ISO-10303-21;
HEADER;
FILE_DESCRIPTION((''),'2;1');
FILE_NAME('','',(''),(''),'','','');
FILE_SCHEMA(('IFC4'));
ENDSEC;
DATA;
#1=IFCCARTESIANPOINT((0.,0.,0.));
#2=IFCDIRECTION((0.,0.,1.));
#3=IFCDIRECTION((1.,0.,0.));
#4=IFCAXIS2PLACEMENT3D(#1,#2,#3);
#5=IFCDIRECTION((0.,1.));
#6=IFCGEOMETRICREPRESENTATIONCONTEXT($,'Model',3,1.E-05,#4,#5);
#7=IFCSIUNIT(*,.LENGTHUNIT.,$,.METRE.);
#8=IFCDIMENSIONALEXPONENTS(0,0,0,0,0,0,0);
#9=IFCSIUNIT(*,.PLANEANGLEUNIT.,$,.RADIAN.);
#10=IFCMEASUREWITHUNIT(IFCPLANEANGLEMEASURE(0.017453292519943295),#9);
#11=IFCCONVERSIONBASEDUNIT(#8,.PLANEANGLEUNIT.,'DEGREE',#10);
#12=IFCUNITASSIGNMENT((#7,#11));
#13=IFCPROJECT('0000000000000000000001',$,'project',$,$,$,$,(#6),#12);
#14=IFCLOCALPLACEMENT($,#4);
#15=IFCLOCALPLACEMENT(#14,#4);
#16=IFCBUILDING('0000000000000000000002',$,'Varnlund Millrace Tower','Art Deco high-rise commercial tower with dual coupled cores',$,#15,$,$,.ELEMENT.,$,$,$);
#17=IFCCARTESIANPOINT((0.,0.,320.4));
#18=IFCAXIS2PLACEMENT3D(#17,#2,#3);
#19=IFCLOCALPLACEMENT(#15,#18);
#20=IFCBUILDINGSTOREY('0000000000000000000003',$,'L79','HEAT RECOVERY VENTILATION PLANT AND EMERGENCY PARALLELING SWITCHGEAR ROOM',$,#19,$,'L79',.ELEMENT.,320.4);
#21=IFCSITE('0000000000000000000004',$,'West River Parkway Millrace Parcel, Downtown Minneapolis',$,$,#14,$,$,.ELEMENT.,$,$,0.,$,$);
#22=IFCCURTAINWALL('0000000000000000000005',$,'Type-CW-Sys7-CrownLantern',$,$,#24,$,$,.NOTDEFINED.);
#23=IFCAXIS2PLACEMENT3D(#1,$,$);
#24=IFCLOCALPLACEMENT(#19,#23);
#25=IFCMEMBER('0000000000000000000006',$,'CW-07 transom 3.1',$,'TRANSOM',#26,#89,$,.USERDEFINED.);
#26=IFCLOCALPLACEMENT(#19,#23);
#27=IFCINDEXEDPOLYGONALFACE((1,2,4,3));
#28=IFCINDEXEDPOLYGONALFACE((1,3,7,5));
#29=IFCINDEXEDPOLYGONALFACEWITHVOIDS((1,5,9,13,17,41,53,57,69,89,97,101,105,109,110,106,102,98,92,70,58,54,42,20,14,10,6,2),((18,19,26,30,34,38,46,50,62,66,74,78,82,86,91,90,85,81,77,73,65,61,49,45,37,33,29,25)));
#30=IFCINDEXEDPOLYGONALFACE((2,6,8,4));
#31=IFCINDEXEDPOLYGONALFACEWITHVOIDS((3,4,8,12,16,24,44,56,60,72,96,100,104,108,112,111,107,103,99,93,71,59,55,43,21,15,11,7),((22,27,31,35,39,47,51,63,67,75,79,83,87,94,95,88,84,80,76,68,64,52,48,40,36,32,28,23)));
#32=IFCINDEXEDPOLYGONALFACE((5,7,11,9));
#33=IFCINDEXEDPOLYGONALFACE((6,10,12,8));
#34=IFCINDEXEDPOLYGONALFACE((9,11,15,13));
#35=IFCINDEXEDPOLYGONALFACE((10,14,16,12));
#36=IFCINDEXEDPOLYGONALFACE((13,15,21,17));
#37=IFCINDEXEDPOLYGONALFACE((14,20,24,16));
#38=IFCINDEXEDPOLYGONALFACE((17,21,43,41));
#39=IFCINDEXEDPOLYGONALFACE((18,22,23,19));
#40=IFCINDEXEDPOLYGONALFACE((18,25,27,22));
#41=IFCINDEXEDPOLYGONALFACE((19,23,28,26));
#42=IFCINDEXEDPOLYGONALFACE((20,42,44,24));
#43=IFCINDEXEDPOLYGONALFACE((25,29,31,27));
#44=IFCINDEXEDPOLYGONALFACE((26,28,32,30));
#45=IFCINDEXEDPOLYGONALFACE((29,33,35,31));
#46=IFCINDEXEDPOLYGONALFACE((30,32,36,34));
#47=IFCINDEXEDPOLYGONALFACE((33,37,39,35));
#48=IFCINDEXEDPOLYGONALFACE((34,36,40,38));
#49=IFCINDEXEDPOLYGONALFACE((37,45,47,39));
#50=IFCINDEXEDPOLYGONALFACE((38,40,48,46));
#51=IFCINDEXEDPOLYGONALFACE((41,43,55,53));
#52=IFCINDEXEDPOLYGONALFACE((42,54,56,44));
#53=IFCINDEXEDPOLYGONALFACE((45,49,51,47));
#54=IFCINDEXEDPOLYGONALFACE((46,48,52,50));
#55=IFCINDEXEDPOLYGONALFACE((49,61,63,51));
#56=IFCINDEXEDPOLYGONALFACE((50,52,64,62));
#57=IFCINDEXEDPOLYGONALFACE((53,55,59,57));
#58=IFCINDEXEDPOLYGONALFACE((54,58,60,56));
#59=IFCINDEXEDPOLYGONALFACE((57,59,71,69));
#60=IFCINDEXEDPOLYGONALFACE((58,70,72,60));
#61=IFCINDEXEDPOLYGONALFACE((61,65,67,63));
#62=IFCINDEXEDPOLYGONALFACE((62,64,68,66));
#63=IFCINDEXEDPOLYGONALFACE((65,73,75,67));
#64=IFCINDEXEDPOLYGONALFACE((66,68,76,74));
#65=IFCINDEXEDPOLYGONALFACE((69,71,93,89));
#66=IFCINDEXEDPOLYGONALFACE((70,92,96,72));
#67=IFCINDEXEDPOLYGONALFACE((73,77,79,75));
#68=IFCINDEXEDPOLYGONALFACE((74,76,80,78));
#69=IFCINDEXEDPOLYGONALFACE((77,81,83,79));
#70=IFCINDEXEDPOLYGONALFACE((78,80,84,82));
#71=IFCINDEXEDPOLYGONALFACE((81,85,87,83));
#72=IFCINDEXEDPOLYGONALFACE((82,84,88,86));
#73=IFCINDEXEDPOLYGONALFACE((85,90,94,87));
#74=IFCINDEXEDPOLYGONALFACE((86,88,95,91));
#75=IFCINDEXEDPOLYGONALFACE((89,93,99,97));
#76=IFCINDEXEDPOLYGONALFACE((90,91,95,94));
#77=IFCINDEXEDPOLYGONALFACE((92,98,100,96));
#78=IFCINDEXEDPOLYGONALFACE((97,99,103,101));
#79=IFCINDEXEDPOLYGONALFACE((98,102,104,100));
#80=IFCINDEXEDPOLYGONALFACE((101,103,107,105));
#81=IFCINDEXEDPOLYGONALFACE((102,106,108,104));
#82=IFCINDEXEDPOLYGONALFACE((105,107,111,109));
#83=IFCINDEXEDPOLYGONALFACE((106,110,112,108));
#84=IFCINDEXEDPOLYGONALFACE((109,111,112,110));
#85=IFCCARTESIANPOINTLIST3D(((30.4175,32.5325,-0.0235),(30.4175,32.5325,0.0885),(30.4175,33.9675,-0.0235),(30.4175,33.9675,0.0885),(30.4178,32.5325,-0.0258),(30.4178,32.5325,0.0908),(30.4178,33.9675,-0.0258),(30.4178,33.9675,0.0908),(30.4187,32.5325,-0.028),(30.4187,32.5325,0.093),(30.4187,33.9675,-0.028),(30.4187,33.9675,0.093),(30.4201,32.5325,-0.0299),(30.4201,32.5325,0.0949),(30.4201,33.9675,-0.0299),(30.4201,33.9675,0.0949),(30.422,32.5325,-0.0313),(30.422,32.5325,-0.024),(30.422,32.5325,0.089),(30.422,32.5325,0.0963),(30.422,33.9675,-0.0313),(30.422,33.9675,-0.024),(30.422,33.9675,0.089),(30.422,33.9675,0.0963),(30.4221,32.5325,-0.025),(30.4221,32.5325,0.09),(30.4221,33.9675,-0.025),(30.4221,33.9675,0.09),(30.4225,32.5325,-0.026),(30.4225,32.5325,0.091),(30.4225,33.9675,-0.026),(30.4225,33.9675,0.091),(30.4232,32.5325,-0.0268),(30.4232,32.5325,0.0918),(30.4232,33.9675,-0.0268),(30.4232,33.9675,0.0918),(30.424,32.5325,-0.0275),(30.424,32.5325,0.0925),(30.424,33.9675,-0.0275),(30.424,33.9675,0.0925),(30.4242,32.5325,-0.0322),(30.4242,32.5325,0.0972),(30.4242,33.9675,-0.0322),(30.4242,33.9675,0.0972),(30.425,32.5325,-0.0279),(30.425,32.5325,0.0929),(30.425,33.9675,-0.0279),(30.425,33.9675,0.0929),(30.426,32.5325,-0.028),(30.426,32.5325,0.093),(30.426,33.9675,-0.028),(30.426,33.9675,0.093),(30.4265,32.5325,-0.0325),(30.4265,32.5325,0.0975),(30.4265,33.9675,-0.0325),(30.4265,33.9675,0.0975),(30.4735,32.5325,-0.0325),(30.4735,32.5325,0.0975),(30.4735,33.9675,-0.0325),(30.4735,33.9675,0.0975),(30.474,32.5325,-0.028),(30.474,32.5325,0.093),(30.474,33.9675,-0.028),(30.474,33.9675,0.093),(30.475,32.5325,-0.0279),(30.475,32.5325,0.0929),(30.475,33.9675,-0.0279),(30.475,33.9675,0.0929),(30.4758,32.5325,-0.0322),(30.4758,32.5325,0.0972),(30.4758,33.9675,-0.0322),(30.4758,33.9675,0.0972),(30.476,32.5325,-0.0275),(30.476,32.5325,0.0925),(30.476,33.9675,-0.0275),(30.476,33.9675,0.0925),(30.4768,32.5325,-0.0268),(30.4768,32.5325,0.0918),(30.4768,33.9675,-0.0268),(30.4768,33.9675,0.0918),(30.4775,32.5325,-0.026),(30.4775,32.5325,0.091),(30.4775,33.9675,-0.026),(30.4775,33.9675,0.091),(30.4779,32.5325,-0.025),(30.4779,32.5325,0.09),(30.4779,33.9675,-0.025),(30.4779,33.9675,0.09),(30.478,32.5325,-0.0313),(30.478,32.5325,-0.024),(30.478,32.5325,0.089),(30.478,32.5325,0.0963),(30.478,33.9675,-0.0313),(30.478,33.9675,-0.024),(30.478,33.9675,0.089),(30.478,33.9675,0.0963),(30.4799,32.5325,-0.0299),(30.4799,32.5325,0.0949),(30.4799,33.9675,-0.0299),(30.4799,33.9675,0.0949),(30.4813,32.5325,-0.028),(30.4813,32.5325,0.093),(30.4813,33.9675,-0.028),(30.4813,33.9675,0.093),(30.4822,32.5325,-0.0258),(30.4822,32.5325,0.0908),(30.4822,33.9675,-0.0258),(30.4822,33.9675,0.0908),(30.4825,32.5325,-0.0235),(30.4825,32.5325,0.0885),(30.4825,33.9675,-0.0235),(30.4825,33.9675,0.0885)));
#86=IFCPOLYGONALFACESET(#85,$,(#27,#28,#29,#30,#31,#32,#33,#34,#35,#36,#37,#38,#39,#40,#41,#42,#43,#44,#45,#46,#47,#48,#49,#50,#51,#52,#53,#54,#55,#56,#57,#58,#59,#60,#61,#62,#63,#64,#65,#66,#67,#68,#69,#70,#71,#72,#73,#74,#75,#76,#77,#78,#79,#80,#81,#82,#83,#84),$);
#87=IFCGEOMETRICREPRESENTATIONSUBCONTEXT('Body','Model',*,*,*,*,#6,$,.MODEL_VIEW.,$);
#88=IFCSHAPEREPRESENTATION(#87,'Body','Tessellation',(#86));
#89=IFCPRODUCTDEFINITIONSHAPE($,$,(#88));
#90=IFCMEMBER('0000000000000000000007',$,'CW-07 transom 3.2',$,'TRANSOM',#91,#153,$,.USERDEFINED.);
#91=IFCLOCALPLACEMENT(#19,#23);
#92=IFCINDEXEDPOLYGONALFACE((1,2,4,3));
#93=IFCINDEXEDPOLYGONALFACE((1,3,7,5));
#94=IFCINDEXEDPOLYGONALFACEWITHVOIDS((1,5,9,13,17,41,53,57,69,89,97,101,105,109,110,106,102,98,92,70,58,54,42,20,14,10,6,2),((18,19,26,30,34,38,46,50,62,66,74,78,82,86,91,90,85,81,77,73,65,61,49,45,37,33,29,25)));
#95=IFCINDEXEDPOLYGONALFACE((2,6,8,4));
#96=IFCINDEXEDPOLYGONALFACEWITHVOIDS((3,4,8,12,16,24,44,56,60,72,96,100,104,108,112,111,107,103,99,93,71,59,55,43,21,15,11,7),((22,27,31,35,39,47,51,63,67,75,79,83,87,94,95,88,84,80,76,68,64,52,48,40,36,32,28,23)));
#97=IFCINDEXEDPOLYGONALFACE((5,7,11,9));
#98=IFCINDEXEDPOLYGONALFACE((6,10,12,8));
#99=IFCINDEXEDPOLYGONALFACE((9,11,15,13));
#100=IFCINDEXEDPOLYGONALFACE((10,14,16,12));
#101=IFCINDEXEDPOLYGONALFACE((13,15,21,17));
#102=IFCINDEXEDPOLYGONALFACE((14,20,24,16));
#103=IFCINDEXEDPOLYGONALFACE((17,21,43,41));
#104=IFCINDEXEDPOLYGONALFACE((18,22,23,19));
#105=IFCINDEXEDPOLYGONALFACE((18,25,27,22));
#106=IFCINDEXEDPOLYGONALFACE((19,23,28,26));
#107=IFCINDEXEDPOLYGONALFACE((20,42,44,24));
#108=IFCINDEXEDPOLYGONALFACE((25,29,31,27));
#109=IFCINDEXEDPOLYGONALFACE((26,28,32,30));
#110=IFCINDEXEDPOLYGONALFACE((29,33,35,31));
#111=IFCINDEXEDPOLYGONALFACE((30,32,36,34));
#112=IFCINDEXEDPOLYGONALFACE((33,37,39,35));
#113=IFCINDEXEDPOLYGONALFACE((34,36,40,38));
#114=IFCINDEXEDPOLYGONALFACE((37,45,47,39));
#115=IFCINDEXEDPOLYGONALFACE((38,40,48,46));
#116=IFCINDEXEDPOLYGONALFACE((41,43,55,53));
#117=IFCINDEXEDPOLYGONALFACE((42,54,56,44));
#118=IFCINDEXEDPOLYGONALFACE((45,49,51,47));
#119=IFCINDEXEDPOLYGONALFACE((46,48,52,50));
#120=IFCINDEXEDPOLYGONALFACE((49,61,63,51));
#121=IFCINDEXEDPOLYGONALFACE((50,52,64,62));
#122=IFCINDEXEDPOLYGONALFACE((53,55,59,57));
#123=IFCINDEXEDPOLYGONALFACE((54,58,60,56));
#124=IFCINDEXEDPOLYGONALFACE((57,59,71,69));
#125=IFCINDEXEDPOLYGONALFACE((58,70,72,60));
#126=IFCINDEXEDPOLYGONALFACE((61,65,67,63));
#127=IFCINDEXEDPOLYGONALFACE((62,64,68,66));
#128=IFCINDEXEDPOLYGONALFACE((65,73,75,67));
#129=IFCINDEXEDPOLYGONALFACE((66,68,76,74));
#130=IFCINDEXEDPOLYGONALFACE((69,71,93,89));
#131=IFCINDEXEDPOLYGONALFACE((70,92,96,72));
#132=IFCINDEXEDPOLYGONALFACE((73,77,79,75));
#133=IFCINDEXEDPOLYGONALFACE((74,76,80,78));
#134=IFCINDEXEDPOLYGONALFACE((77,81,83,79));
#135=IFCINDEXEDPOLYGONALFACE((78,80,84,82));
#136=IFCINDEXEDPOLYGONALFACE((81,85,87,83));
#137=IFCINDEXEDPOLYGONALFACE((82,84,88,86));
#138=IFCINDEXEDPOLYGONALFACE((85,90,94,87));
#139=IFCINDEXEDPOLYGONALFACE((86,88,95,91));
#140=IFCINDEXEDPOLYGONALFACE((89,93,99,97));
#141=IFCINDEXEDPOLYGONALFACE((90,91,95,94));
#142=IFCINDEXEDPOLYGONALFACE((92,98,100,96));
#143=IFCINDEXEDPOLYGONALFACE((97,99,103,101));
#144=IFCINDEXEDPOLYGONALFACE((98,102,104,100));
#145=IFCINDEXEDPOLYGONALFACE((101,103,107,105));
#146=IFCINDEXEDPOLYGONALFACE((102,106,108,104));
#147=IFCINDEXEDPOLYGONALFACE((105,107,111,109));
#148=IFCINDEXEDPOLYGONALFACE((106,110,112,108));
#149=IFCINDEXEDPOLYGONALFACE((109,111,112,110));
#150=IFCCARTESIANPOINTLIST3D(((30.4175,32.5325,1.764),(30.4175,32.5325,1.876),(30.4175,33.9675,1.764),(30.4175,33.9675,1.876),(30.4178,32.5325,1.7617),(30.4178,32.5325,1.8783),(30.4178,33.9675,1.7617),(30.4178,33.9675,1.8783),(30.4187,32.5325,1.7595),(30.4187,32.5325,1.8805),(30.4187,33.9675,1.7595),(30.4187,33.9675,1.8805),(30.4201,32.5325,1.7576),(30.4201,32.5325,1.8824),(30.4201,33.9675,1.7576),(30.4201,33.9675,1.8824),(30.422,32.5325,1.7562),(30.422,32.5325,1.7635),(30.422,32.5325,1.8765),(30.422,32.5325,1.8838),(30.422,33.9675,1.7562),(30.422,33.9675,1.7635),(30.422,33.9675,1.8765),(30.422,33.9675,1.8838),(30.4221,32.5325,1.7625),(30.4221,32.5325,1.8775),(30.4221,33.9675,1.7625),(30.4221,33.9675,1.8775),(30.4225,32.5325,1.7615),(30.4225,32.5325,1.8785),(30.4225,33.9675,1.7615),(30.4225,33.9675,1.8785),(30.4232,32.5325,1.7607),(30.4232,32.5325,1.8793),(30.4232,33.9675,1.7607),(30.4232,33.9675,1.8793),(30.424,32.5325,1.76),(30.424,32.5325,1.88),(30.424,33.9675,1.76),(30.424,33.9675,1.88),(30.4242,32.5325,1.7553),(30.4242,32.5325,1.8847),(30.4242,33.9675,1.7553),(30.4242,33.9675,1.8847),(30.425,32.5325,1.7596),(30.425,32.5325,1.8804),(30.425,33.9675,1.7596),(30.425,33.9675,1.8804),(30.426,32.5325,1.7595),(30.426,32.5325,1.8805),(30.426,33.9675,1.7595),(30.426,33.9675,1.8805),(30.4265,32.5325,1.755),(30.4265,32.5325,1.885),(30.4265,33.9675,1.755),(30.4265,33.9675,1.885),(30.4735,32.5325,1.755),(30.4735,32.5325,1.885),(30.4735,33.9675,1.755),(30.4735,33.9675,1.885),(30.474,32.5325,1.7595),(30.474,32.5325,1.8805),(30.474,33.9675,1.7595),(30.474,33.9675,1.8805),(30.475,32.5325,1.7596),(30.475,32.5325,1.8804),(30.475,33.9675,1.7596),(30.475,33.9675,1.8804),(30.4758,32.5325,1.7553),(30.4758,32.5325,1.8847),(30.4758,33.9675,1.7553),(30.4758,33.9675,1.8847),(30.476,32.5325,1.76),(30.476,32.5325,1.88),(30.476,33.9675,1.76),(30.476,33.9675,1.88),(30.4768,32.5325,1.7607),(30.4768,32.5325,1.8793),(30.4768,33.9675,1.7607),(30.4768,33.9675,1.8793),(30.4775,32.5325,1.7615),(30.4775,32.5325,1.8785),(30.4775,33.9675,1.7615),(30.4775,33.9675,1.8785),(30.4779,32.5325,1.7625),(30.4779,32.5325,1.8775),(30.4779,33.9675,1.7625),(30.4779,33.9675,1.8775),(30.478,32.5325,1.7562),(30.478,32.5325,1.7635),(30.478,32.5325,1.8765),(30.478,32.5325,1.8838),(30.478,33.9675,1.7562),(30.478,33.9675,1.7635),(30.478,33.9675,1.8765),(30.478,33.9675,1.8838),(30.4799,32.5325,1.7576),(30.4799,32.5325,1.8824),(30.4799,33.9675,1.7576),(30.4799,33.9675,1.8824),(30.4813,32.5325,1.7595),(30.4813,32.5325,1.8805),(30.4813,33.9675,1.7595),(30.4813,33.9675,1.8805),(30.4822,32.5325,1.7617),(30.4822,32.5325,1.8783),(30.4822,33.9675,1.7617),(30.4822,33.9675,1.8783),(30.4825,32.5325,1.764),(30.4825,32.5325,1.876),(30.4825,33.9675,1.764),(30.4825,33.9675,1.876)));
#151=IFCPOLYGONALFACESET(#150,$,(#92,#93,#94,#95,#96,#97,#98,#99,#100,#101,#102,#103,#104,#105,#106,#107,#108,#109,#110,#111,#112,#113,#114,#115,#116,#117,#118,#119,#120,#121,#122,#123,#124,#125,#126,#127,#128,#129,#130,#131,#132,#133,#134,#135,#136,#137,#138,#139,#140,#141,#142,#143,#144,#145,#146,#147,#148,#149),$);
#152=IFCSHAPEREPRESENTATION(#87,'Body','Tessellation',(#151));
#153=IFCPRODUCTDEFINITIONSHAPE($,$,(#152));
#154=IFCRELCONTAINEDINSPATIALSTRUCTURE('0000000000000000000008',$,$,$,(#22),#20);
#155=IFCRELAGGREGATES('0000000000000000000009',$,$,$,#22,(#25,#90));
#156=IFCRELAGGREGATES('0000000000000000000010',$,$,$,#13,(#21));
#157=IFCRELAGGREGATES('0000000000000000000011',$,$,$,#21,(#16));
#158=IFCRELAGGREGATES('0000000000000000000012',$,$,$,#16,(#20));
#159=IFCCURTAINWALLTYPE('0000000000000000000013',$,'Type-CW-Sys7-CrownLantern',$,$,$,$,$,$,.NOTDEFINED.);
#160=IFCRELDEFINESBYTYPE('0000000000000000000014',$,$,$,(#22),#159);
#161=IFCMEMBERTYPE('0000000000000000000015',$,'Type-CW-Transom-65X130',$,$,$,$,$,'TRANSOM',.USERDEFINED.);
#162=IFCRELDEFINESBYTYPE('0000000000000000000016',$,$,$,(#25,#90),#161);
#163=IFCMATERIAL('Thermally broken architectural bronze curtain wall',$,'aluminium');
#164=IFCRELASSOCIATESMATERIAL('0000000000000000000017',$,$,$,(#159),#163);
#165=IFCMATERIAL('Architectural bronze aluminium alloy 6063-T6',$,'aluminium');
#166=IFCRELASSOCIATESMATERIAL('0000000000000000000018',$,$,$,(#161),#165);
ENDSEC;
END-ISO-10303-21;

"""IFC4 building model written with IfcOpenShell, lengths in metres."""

from ifc_helpers import new_model, entity, si_unit, converted_unit, direction, frame, origin_with_axes, origin_2d_with_axis, place, context, subcontext, project, spatial, hollow_rectangle, extrude, material, material_profile, profile_set, type_object, element, aggregate, save


model = new_model("IFC4")

# Units and contexts
model_context = context("Model", 3, precision=1e-05, world=origin_with_axes(), true_north=direction((0.0, 1.0)))
body_context = subcontext(model_context, "Body", "Model", "MODEL_VIEW")
ifc_project = project(units=[si_unit("LENGTHUNIT", "METRE"), converted_unit("PLANEANGLEUNIT", "DEGREE", entity("IfcPlaneAngleMeasure", 0.017453292519943295), si_unit("PLANEANGLEUNIT", "RADIAN"), dimensions=[0, 0, 0, 0, 0, 0, 0])], contexts=[model_context])

# Site, building, storey
site_placement = place(None, origin_with_axes())
site = spatial("IfcSite", under=ifc_project, at=site_placement, Name="West River Parkway Millrace Parcel, Downtown Minneapolis", CompositionType="ELEMENT", RefElevation=0.0)
building_placement = place(site_placement, origin_with_axes())
building = spatial("IfcBuilding", under=site, at=building_placement, Name="Varnlund Millrace Tower", Description="Art Deco high-rise commercial tower with dual coupled cores", CompositionType="ELEMENT")
storey_placement = place(building_placement, frame((0.0, 0.0, 320.4), z_axis=(0.0, 0.0, 1.0), x_axis=(1.0, 0.0, 0.0)))
storey = spatial("IfcBuildingStorey", under=building, at=storey_placement, Name="L79", Description="HEAT RECOVERY VENTILATION PLANT AND EMERGENCY PARALLELING SWITCHGEAR ROOM", LongName="L79", CompositionType="ELEMENT", Elevation=320.4)

# Curtain wall, members
ifc_material_1 = material(Name="Thermally broken architectural bronze curtain wall", Category="aluminium")
curtain_wall_type = type_object("IfcCurtainWallType", Name="Type-CW-Sys7-CrownLantern", PredefinedType="NOTDEFINED", material=ifc_material_1)
curtain_wall_1_placement = place(storey_placement, frame((30.45, 37.0, 0.0), z_axis=(0.0, 0.0, 1.0), x_axis=(1.0, 0.0, 0.0)))
curtain_wall_1 = element("IfcCurtainWall", 1, at=curtain_wall_1_placement, inside=storey, type_object=curtain_wall_type, Name="Type-CW-Sys7-CrownLantern", PredefinedType="NOTDEFINED")
ifc_material_2 = material(Name="Architectural bronze aluminium alloy 6063-T6", Category="aluminium")
ifc_material_profile_1 = material_profile(ifc_material_2, hollow_rectangle(XDim=0.065, YDim=0.13, WallThickness=0.0045, InnerFilletRadius=0.004, OuterFilletRadius=0.009, at=origin_2d_with_axis()), Name="Architectural bronze aluminium alloy 6063-T6")
ifc_profile_set_1 = profile_set([ifc_material_profile_1], Name="Architectural bronze aluminium alloy 6063-T6")
member_type = type_object("IfcMemberType", Name="Type-CW-Transom-65X130", ElementType="TRANSOM", PredefinedType="USERDEFINED", material=ifc_profile_set_1)
member_1_placement = place(storey_placement, frame((30.45, 33.9675, 0.0325), z_axis=(0.0, -1.0, 0.0), x_axis=(1.0, 0.0, 0.0)))
member_1 = element("IfcMember", 2, at=member_1_placement, type_object=member_type, Name="CW-07 transom 3.1", ObjectType="TRANSOM", PredefinedType="USERDEFINED", context=body_context, shape_type="SweptSolid", body=[
    extrude(hollow_rectangle(XDim=0.065, YDim=0.13, WallThickness=0.0045, InnerFilletRadius=0.004, OuterFilletRadius=0.009, at=origin_2d_with_axis()), origin_with_axes(), (0.0, 0.0, 1.0), 1.435),
])
member_2_placement = place(storey_placement, frame((30.45, 33.9675, 1.82), z_axis=(0.0, -1.0, 0.0), x_axis=(1.0, 0.0, 0.0)))
member_2 = element("IfcMember", 3, at=member_2_placement, type_object=member_type, Name="CW-07 transom 3.2", ObjectType="TRANSOM", PredefinedType="USERDEFINED", context=body_context, shape_type="SweptSolid", body=[
    extrude(hollow_rectangle(XDim=0.065, YDim=0.13, WallThickness=0.0045, InnerFilletRadius=0.004, OuterFilletRadius=0.009, at=origin_2d_with_axis()), origin_with_axes(), (0.0, 0.0, 1.0), 1.435),
])

aggregate(curtain_wall_1, [member_1, member_2])

save(model, "model.ifc")
